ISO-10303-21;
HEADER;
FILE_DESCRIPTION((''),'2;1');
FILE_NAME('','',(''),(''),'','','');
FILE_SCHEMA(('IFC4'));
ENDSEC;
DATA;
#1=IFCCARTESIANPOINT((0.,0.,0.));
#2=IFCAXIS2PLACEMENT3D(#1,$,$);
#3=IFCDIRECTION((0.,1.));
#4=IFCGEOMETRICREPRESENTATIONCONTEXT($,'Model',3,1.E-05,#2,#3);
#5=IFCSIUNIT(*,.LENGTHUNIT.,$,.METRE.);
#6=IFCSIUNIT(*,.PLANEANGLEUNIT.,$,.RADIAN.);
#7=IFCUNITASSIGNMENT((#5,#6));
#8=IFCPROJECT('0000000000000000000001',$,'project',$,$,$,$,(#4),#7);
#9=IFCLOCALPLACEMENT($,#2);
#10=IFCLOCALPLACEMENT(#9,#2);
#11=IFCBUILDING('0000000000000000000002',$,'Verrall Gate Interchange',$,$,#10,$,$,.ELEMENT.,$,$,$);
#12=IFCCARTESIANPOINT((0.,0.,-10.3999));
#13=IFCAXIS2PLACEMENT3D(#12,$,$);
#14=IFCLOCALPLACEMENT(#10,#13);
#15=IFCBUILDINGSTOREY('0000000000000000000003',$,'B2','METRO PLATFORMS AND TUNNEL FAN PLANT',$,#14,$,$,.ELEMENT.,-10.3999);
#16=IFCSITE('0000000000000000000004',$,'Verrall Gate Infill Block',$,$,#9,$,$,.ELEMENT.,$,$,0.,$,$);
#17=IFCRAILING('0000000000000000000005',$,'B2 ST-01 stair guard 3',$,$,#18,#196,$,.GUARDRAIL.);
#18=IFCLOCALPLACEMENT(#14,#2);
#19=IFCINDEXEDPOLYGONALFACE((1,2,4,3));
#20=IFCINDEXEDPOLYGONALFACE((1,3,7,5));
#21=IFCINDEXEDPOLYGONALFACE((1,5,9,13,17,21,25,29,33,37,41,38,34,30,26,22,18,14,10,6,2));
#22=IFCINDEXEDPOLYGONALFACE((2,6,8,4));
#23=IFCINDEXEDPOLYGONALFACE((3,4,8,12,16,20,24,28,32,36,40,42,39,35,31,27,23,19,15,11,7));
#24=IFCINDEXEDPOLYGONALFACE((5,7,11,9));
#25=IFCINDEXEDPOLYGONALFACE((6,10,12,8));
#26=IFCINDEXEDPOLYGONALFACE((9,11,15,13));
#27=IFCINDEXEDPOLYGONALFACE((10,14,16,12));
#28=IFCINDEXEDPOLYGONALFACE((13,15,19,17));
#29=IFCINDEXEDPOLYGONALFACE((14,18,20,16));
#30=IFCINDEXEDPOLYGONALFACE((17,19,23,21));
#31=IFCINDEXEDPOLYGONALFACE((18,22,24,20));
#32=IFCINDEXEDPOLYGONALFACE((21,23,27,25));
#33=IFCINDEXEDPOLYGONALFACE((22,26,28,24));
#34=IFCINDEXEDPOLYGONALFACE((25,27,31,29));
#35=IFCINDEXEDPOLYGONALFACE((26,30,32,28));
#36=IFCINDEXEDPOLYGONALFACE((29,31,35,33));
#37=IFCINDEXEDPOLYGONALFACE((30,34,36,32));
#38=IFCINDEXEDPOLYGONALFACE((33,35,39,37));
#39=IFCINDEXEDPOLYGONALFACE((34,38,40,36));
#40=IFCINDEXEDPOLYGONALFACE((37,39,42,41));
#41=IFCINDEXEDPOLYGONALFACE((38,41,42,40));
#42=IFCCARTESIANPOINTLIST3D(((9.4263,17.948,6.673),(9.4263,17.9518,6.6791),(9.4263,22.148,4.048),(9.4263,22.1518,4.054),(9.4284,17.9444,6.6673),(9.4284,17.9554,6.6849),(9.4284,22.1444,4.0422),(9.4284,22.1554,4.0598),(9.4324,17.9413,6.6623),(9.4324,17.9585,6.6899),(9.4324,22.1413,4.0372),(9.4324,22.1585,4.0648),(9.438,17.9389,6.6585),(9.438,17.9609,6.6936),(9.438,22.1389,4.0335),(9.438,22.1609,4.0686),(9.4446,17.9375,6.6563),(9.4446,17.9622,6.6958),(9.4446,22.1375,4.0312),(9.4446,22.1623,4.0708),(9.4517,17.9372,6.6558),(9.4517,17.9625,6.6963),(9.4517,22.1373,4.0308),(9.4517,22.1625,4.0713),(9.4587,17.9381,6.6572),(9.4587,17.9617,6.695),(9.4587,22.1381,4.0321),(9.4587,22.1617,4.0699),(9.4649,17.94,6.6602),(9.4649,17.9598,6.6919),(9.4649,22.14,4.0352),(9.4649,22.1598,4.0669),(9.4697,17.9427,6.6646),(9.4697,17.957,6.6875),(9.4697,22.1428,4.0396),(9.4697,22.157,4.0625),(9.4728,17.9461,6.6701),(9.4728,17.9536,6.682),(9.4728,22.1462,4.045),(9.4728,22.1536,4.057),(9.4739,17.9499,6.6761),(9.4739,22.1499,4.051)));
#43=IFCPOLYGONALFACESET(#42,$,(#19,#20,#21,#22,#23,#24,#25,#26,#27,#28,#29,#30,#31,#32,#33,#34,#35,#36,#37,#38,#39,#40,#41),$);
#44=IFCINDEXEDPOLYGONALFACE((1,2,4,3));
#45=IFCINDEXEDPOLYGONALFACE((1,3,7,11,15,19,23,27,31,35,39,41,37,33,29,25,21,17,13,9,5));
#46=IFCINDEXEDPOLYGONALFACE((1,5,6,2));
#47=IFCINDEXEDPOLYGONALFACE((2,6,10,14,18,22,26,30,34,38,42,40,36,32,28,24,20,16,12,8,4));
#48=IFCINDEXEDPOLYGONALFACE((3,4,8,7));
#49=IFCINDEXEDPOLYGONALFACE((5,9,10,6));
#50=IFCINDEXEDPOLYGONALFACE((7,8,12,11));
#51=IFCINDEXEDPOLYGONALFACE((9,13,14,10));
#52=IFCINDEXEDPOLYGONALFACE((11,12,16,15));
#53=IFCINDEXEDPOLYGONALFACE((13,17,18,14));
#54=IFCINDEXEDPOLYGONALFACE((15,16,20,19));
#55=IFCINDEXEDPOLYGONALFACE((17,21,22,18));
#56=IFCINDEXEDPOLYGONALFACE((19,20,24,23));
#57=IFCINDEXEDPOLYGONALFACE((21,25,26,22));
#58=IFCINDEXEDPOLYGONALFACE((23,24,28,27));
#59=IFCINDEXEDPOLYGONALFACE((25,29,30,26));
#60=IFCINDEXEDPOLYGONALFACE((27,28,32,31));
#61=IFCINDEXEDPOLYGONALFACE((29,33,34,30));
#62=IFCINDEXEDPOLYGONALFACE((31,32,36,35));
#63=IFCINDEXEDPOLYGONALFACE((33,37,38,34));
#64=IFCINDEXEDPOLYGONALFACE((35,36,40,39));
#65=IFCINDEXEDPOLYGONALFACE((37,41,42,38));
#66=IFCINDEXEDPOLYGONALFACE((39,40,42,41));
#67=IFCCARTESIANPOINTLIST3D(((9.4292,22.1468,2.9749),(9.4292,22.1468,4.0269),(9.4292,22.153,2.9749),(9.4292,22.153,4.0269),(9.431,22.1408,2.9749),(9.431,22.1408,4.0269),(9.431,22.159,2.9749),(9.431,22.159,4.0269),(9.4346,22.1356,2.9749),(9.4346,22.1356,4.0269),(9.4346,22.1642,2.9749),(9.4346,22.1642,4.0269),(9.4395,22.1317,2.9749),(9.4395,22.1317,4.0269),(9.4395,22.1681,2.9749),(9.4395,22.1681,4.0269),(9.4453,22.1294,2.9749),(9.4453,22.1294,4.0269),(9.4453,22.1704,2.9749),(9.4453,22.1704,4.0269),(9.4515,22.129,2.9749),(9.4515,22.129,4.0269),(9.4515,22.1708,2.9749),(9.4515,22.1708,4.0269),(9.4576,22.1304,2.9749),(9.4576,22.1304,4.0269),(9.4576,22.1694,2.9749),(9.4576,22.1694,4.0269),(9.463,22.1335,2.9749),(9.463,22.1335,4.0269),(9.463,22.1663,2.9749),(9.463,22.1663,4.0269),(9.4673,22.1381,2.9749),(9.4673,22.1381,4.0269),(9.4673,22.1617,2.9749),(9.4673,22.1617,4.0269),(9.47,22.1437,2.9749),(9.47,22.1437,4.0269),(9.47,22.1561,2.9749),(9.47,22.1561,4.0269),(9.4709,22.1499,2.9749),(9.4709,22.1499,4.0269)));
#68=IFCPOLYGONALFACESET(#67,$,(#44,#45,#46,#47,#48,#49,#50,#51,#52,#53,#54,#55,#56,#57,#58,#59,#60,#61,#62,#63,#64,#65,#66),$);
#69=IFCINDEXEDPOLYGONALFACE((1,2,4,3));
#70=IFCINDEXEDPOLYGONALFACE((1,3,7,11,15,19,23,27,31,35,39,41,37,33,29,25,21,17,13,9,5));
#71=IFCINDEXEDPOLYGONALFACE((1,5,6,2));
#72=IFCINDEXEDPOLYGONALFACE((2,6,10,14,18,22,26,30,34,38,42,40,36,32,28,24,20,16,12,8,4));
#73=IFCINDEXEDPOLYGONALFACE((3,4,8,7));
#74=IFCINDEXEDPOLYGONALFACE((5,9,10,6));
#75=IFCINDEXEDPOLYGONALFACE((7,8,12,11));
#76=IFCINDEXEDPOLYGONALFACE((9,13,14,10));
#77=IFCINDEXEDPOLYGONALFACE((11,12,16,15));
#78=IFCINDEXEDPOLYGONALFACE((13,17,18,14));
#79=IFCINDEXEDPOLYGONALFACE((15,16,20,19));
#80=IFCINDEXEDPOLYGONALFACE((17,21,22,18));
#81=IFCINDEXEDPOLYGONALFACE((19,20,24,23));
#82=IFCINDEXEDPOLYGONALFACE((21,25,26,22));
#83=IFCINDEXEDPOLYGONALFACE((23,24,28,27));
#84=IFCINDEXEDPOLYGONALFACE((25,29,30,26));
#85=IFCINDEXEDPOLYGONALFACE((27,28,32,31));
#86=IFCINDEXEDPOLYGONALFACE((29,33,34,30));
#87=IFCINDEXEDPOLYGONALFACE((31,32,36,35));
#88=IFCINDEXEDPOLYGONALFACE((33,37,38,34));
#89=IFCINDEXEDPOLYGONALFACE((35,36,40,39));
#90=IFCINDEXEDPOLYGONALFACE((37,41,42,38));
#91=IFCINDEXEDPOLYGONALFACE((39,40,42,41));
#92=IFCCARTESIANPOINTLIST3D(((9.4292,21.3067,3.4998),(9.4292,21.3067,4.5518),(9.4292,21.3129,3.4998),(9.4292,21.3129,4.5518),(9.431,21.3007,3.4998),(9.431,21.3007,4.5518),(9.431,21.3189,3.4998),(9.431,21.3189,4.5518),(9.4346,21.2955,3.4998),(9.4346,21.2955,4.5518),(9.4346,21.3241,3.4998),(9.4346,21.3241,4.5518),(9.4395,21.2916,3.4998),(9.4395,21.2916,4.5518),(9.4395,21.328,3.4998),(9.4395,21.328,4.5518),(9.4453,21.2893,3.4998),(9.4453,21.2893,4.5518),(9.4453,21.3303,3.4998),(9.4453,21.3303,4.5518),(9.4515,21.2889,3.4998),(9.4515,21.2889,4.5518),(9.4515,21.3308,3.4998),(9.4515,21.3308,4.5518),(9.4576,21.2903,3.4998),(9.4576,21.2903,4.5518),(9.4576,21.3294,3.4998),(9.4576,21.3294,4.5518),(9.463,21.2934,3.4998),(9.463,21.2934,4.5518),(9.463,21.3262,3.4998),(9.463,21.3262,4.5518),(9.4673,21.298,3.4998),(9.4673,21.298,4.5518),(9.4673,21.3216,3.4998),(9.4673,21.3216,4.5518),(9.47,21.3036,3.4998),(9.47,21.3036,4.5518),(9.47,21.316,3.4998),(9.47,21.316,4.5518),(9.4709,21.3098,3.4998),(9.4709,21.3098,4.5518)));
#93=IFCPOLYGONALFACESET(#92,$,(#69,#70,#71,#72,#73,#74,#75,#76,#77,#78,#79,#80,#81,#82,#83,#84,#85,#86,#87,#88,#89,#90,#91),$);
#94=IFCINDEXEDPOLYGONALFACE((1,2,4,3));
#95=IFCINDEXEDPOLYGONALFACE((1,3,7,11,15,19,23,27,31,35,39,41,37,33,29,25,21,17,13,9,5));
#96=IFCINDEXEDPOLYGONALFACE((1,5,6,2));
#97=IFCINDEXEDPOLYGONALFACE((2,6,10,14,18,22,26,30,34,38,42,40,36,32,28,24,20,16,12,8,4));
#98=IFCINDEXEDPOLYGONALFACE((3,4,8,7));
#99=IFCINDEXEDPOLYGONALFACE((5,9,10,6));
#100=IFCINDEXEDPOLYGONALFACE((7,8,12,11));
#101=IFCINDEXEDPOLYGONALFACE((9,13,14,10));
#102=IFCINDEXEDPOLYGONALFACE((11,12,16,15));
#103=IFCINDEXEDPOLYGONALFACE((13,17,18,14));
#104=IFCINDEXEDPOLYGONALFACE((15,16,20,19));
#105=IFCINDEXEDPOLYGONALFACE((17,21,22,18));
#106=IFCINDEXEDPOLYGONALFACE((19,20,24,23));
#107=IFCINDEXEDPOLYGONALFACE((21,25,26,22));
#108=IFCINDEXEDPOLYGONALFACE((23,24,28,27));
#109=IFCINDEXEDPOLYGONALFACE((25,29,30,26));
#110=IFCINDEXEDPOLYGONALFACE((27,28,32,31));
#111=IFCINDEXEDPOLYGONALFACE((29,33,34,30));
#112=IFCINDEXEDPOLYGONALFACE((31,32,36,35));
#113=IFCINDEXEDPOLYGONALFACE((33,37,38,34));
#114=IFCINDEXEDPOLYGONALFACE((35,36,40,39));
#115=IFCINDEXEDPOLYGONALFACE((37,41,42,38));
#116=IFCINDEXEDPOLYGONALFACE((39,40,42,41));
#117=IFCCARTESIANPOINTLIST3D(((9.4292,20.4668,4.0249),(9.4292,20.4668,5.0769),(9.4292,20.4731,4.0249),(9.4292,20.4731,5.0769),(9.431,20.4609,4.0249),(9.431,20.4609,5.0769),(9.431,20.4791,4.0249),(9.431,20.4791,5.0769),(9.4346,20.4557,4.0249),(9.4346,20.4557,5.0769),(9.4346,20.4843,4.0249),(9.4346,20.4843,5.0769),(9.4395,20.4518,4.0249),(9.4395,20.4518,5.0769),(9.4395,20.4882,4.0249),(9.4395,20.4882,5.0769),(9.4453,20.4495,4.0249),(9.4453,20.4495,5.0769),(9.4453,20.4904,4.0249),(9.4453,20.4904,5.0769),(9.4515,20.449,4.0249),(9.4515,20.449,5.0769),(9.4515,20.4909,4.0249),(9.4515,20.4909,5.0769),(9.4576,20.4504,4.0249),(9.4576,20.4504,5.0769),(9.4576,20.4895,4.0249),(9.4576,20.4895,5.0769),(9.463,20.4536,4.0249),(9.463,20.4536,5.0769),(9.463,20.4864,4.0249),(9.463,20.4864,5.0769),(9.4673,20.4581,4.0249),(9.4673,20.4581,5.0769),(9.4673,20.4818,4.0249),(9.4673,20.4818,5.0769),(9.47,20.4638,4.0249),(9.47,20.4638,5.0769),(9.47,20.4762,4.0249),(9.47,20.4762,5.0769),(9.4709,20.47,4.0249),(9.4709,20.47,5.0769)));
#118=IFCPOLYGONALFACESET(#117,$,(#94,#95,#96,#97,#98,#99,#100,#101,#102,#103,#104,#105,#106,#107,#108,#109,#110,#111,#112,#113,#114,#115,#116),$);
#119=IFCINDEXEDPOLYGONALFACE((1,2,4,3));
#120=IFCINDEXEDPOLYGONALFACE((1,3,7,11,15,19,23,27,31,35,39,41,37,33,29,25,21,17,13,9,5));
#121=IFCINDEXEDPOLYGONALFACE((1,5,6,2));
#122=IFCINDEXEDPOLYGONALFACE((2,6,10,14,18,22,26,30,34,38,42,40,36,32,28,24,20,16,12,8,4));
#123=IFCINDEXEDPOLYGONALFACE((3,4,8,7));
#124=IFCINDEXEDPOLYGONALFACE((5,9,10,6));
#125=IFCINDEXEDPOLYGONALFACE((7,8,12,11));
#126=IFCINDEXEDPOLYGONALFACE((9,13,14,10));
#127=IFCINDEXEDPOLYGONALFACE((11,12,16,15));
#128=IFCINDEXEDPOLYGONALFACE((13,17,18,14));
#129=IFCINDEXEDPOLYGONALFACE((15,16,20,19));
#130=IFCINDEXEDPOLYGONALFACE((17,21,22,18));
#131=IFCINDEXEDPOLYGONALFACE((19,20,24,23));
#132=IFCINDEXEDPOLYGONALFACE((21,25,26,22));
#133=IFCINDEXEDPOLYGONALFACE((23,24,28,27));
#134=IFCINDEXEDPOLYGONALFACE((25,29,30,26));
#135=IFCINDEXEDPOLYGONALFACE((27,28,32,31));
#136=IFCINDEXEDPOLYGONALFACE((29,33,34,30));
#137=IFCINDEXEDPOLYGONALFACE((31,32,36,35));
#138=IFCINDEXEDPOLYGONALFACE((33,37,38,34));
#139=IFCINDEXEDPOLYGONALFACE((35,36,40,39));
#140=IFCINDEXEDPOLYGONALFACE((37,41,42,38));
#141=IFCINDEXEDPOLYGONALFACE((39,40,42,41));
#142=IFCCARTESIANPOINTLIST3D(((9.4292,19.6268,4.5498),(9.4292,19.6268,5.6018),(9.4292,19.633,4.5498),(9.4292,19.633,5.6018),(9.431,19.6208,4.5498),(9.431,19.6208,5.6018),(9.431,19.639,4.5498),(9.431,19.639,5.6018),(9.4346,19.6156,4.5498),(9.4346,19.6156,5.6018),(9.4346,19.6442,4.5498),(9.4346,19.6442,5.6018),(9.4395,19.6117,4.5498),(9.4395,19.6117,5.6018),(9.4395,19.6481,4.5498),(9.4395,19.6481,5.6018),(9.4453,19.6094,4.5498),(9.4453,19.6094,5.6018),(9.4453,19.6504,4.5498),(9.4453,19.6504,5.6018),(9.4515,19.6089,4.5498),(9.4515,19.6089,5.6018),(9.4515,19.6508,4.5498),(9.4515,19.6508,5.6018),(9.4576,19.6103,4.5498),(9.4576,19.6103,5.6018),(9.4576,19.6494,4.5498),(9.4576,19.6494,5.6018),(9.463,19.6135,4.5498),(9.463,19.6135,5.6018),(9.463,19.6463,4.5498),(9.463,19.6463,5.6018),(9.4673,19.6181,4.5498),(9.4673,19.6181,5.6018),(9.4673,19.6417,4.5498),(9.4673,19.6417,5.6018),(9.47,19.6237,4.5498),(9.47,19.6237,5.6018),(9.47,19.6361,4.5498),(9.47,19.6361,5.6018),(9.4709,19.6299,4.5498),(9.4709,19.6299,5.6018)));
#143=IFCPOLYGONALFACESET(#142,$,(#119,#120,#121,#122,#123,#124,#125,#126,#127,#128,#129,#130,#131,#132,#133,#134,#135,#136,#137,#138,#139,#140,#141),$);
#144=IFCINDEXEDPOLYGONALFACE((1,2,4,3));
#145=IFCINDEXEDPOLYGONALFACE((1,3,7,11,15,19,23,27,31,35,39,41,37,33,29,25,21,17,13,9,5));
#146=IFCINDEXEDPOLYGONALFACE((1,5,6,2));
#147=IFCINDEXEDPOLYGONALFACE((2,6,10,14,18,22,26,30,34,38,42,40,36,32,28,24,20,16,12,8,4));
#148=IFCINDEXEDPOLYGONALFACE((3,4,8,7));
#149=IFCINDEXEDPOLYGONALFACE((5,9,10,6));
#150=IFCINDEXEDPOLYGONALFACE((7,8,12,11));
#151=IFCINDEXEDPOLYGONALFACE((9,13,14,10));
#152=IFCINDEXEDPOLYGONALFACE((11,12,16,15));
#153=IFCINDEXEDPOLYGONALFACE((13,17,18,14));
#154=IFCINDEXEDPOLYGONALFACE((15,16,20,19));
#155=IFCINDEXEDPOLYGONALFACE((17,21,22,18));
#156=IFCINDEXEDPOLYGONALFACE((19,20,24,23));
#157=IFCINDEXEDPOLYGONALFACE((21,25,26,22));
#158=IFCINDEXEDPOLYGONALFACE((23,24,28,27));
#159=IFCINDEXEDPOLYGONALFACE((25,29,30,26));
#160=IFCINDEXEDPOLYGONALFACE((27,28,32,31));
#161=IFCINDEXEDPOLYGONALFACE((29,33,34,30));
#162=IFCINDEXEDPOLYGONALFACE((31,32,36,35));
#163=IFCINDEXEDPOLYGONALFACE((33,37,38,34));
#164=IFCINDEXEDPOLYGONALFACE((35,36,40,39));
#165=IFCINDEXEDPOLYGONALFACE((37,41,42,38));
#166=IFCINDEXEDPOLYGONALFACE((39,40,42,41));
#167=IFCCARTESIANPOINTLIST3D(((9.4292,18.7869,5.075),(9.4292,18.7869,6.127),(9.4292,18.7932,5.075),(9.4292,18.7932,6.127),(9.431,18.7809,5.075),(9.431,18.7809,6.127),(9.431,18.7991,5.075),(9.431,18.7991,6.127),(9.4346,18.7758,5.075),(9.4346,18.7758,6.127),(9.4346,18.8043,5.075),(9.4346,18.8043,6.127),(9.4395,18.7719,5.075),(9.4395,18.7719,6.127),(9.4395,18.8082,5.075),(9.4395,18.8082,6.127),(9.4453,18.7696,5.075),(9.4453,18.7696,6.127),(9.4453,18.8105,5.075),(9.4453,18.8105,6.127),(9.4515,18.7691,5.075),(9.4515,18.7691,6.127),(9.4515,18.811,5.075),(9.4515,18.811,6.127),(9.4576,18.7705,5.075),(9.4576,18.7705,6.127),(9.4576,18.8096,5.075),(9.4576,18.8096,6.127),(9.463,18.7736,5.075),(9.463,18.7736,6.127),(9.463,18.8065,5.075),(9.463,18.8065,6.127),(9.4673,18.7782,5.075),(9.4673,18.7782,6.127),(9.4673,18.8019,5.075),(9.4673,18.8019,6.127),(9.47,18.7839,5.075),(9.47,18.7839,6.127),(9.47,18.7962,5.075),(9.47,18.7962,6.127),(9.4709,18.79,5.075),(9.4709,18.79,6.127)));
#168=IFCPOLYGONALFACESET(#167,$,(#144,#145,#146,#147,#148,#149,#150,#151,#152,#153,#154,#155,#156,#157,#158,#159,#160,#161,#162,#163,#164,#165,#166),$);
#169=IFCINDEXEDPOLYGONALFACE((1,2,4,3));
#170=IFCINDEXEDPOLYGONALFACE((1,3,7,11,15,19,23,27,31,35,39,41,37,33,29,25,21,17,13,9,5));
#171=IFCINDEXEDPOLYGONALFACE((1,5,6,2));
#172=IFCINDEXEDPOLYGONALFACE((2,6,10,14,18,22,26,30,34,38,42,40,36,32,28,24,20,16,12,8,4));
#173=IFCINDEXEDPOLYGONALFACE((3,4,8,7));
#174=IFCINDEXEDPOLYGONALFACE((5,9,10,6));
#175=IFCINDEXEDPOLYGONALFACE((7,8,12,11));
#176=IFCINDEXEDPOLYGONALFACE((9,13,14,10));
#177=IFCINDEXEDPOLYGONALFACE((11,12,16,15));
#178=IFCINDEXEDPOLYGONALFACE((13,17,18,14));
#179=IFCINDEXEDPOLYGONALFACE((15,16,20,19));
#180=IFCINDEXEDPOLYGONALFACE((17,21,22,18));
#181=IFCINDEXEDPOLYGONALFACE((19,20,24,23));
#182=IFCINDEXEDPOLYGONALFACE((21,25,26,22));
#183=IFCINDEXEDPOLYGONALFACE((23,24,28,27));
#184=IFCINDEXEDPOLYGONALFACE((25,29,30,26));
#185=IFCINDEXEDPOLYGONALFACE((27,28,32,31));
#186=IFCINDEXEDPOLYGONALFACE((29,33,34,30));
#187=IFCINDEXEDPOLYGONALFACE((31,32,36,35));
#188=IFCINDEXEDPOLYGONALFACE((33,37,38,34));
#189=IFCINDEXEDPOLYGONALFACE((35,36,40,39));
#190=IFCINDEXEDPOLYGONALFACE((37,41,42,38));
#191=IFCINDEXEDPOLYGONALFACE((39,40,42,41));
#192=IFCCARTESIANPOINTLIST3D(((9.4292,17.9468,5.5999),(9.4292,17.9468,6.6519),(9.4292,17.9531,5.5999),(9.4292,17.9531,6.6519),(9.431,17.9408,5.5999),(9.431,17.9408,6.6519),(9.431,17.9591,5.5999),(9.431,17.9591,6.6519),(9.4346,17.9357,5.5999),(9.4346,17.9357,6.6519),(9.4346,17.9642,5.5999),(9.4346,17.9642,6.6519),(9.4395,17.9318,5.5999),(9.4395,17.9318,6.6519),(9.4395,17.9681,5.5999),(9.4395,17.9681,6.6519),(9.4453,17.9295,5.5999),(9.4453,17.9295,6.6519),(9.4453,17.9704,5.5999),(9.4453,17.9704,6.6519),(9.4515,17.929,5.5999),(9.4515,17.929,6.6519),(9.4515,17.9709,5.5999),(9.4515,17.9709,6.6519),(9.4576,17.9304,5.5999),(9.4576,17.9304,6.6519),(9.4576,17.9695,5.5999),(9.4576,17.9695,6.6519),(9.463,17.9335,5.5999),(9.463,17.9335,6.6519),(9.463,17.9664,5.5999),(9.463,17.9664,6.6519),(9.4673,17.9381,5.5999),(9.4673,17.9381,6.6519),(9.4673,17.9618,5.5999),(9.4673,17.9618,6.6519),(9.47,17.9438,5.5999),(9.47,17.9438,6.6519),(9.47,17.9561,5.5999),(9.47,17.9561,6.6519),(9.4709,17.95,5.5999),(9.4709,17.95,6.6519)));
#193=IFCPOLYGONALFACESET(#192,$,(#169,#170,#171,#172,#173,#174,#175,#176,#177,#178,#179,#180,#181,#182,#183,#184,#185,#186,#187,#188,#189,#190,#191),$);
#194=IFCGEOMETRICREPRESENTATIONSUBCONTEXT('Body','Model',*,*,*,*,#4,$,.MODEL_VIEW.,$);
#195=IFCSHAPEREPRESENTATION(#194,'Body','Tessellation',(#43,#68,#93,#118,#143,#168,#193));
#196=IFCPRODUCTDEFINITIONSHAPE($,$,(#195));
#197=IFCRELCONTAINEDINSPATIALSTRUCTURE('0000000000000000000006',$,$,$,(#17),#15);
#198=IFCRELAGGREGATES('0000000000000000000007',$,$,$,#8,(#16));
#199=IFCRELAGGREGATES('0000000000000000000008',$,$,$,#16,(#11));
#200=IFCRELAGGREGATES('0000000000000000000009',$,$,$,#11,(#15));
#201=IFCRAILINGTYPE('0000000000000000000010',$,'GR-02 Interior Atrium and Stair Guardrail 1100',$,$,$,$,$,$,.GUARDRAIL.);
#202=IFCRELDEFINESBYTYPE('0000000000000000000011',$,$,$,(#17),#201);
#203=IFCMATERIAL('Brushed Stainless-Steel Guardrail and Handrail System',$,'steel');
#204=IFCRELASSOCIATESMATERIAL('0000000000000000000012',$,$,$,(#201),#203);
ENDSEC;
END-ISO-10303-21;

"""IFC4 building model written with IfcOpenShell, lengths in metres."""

from ifc_helpers import new_model, si_unit, direction, frame, origin, origin_2d, place, context, subcontext, project, spatial, circle, extrude, material, type_object, element, save


model = new_model("IFC4")

# Units and contexts
model_context = context("Model", 3, precision=1e-05, world=origin(), true_north=direction((0.0, 1.0)))
body_context = subcontext(model_context, "Body", "Model", "MODEL_VIEW")
ifc_project = project(units=[si_unit("LENGTHUNIT", "METRE"), si_unit("PLANEANGLEUNIT", "RADIAN")], contexts=[model_context])

# Site, building, storey
site_placement = place(None, origin())
site = spatial("IfcSite", under=ifc_project, at=site_placement, Name="Verrall Gate Infill Block", CompositionType="ELEMENT", RefElevation=0.0)
building_placement = place(site_placement, origin())
building = spatial("IfcBuilding", under=site, at=building_placement, Name="Verrall Gate Interchange", CompositionType="ELEMENT")
storey_placement = place(building_placement, frame((0.0, 0.0, -10.3999)))
storey = spatial("IfcBuildingStorey", under=building, at=storey_placement, Name="B2", Description="METRO PLATFORMS AND TUNNEL FAN PLANT", CompositionType="ELEMENT", Elevation=-10.3999)

# Railing
ifc_material_1 = material(Name="Brushed Stainless-Steel Guardrail and Handrail System", Category="steel")
railing_type_1 = type_object("IfcRailingType", Name="GR-02 Interior Atrium and Stair Guardrail 1100", PredefinedType="GUARDRAIL", material=ifc_material_1)
railing_1_placement = place(storey_placement, frame((9.45, 22.1499, 2.9749)))
element("IfcRailing", 1, at=railing_1_placement, inside=storey, type_object=railing_type_1, Name="B2 ST-01 stair guard 3", PredefinedType="GUARDRAIL", context=body_context, shape_type="SweptSolid", body=[
    extrude(circle(Radius=0.0239, at=origin_2d()), frame((0.0, 0.0, 1.0762), z_axis=(0.0, -0.847996, 0.530003), x_axis=(1.0, 0.0, 0.0)), (0.0, 0.0, 1.0), 4.9529),
    extrude(circle(Radius=0.021, at=origin_2d()), origin(), (0.0, 0.0, 1.0), 1.052),
    extrude(circle(Radius=0.021, at=origin_2d()), frame((0.0, -0.8401, 0.5249)), (0.0, 0.0, 1.0), 1.052),
    extrude(circle(Radius=0.021, at=origin_2d()), frame((0.0, -1.6799, 1.05)), (0.0, 0.0, 1.0), 1.052),
    extrude(circle(Radius=0.021, at=origin_2d()), frame((0.0, -2.52, 1.575)), (0.0, 0.0, 1.0), 1.052),
    extrude(circle(Radius=0.021, at=origin_2d()), frame((0.0, -3.3599, 2.1001)), (0.0, 0.0, 1.0), 1.052),
    extrude(circle(Radius=0.021, at=origin_2d()), frame((0.0, -4.2, 2.625)), (0.0, 0.0, 1.0), 1.052),
])

save(model, "model.ifc")
